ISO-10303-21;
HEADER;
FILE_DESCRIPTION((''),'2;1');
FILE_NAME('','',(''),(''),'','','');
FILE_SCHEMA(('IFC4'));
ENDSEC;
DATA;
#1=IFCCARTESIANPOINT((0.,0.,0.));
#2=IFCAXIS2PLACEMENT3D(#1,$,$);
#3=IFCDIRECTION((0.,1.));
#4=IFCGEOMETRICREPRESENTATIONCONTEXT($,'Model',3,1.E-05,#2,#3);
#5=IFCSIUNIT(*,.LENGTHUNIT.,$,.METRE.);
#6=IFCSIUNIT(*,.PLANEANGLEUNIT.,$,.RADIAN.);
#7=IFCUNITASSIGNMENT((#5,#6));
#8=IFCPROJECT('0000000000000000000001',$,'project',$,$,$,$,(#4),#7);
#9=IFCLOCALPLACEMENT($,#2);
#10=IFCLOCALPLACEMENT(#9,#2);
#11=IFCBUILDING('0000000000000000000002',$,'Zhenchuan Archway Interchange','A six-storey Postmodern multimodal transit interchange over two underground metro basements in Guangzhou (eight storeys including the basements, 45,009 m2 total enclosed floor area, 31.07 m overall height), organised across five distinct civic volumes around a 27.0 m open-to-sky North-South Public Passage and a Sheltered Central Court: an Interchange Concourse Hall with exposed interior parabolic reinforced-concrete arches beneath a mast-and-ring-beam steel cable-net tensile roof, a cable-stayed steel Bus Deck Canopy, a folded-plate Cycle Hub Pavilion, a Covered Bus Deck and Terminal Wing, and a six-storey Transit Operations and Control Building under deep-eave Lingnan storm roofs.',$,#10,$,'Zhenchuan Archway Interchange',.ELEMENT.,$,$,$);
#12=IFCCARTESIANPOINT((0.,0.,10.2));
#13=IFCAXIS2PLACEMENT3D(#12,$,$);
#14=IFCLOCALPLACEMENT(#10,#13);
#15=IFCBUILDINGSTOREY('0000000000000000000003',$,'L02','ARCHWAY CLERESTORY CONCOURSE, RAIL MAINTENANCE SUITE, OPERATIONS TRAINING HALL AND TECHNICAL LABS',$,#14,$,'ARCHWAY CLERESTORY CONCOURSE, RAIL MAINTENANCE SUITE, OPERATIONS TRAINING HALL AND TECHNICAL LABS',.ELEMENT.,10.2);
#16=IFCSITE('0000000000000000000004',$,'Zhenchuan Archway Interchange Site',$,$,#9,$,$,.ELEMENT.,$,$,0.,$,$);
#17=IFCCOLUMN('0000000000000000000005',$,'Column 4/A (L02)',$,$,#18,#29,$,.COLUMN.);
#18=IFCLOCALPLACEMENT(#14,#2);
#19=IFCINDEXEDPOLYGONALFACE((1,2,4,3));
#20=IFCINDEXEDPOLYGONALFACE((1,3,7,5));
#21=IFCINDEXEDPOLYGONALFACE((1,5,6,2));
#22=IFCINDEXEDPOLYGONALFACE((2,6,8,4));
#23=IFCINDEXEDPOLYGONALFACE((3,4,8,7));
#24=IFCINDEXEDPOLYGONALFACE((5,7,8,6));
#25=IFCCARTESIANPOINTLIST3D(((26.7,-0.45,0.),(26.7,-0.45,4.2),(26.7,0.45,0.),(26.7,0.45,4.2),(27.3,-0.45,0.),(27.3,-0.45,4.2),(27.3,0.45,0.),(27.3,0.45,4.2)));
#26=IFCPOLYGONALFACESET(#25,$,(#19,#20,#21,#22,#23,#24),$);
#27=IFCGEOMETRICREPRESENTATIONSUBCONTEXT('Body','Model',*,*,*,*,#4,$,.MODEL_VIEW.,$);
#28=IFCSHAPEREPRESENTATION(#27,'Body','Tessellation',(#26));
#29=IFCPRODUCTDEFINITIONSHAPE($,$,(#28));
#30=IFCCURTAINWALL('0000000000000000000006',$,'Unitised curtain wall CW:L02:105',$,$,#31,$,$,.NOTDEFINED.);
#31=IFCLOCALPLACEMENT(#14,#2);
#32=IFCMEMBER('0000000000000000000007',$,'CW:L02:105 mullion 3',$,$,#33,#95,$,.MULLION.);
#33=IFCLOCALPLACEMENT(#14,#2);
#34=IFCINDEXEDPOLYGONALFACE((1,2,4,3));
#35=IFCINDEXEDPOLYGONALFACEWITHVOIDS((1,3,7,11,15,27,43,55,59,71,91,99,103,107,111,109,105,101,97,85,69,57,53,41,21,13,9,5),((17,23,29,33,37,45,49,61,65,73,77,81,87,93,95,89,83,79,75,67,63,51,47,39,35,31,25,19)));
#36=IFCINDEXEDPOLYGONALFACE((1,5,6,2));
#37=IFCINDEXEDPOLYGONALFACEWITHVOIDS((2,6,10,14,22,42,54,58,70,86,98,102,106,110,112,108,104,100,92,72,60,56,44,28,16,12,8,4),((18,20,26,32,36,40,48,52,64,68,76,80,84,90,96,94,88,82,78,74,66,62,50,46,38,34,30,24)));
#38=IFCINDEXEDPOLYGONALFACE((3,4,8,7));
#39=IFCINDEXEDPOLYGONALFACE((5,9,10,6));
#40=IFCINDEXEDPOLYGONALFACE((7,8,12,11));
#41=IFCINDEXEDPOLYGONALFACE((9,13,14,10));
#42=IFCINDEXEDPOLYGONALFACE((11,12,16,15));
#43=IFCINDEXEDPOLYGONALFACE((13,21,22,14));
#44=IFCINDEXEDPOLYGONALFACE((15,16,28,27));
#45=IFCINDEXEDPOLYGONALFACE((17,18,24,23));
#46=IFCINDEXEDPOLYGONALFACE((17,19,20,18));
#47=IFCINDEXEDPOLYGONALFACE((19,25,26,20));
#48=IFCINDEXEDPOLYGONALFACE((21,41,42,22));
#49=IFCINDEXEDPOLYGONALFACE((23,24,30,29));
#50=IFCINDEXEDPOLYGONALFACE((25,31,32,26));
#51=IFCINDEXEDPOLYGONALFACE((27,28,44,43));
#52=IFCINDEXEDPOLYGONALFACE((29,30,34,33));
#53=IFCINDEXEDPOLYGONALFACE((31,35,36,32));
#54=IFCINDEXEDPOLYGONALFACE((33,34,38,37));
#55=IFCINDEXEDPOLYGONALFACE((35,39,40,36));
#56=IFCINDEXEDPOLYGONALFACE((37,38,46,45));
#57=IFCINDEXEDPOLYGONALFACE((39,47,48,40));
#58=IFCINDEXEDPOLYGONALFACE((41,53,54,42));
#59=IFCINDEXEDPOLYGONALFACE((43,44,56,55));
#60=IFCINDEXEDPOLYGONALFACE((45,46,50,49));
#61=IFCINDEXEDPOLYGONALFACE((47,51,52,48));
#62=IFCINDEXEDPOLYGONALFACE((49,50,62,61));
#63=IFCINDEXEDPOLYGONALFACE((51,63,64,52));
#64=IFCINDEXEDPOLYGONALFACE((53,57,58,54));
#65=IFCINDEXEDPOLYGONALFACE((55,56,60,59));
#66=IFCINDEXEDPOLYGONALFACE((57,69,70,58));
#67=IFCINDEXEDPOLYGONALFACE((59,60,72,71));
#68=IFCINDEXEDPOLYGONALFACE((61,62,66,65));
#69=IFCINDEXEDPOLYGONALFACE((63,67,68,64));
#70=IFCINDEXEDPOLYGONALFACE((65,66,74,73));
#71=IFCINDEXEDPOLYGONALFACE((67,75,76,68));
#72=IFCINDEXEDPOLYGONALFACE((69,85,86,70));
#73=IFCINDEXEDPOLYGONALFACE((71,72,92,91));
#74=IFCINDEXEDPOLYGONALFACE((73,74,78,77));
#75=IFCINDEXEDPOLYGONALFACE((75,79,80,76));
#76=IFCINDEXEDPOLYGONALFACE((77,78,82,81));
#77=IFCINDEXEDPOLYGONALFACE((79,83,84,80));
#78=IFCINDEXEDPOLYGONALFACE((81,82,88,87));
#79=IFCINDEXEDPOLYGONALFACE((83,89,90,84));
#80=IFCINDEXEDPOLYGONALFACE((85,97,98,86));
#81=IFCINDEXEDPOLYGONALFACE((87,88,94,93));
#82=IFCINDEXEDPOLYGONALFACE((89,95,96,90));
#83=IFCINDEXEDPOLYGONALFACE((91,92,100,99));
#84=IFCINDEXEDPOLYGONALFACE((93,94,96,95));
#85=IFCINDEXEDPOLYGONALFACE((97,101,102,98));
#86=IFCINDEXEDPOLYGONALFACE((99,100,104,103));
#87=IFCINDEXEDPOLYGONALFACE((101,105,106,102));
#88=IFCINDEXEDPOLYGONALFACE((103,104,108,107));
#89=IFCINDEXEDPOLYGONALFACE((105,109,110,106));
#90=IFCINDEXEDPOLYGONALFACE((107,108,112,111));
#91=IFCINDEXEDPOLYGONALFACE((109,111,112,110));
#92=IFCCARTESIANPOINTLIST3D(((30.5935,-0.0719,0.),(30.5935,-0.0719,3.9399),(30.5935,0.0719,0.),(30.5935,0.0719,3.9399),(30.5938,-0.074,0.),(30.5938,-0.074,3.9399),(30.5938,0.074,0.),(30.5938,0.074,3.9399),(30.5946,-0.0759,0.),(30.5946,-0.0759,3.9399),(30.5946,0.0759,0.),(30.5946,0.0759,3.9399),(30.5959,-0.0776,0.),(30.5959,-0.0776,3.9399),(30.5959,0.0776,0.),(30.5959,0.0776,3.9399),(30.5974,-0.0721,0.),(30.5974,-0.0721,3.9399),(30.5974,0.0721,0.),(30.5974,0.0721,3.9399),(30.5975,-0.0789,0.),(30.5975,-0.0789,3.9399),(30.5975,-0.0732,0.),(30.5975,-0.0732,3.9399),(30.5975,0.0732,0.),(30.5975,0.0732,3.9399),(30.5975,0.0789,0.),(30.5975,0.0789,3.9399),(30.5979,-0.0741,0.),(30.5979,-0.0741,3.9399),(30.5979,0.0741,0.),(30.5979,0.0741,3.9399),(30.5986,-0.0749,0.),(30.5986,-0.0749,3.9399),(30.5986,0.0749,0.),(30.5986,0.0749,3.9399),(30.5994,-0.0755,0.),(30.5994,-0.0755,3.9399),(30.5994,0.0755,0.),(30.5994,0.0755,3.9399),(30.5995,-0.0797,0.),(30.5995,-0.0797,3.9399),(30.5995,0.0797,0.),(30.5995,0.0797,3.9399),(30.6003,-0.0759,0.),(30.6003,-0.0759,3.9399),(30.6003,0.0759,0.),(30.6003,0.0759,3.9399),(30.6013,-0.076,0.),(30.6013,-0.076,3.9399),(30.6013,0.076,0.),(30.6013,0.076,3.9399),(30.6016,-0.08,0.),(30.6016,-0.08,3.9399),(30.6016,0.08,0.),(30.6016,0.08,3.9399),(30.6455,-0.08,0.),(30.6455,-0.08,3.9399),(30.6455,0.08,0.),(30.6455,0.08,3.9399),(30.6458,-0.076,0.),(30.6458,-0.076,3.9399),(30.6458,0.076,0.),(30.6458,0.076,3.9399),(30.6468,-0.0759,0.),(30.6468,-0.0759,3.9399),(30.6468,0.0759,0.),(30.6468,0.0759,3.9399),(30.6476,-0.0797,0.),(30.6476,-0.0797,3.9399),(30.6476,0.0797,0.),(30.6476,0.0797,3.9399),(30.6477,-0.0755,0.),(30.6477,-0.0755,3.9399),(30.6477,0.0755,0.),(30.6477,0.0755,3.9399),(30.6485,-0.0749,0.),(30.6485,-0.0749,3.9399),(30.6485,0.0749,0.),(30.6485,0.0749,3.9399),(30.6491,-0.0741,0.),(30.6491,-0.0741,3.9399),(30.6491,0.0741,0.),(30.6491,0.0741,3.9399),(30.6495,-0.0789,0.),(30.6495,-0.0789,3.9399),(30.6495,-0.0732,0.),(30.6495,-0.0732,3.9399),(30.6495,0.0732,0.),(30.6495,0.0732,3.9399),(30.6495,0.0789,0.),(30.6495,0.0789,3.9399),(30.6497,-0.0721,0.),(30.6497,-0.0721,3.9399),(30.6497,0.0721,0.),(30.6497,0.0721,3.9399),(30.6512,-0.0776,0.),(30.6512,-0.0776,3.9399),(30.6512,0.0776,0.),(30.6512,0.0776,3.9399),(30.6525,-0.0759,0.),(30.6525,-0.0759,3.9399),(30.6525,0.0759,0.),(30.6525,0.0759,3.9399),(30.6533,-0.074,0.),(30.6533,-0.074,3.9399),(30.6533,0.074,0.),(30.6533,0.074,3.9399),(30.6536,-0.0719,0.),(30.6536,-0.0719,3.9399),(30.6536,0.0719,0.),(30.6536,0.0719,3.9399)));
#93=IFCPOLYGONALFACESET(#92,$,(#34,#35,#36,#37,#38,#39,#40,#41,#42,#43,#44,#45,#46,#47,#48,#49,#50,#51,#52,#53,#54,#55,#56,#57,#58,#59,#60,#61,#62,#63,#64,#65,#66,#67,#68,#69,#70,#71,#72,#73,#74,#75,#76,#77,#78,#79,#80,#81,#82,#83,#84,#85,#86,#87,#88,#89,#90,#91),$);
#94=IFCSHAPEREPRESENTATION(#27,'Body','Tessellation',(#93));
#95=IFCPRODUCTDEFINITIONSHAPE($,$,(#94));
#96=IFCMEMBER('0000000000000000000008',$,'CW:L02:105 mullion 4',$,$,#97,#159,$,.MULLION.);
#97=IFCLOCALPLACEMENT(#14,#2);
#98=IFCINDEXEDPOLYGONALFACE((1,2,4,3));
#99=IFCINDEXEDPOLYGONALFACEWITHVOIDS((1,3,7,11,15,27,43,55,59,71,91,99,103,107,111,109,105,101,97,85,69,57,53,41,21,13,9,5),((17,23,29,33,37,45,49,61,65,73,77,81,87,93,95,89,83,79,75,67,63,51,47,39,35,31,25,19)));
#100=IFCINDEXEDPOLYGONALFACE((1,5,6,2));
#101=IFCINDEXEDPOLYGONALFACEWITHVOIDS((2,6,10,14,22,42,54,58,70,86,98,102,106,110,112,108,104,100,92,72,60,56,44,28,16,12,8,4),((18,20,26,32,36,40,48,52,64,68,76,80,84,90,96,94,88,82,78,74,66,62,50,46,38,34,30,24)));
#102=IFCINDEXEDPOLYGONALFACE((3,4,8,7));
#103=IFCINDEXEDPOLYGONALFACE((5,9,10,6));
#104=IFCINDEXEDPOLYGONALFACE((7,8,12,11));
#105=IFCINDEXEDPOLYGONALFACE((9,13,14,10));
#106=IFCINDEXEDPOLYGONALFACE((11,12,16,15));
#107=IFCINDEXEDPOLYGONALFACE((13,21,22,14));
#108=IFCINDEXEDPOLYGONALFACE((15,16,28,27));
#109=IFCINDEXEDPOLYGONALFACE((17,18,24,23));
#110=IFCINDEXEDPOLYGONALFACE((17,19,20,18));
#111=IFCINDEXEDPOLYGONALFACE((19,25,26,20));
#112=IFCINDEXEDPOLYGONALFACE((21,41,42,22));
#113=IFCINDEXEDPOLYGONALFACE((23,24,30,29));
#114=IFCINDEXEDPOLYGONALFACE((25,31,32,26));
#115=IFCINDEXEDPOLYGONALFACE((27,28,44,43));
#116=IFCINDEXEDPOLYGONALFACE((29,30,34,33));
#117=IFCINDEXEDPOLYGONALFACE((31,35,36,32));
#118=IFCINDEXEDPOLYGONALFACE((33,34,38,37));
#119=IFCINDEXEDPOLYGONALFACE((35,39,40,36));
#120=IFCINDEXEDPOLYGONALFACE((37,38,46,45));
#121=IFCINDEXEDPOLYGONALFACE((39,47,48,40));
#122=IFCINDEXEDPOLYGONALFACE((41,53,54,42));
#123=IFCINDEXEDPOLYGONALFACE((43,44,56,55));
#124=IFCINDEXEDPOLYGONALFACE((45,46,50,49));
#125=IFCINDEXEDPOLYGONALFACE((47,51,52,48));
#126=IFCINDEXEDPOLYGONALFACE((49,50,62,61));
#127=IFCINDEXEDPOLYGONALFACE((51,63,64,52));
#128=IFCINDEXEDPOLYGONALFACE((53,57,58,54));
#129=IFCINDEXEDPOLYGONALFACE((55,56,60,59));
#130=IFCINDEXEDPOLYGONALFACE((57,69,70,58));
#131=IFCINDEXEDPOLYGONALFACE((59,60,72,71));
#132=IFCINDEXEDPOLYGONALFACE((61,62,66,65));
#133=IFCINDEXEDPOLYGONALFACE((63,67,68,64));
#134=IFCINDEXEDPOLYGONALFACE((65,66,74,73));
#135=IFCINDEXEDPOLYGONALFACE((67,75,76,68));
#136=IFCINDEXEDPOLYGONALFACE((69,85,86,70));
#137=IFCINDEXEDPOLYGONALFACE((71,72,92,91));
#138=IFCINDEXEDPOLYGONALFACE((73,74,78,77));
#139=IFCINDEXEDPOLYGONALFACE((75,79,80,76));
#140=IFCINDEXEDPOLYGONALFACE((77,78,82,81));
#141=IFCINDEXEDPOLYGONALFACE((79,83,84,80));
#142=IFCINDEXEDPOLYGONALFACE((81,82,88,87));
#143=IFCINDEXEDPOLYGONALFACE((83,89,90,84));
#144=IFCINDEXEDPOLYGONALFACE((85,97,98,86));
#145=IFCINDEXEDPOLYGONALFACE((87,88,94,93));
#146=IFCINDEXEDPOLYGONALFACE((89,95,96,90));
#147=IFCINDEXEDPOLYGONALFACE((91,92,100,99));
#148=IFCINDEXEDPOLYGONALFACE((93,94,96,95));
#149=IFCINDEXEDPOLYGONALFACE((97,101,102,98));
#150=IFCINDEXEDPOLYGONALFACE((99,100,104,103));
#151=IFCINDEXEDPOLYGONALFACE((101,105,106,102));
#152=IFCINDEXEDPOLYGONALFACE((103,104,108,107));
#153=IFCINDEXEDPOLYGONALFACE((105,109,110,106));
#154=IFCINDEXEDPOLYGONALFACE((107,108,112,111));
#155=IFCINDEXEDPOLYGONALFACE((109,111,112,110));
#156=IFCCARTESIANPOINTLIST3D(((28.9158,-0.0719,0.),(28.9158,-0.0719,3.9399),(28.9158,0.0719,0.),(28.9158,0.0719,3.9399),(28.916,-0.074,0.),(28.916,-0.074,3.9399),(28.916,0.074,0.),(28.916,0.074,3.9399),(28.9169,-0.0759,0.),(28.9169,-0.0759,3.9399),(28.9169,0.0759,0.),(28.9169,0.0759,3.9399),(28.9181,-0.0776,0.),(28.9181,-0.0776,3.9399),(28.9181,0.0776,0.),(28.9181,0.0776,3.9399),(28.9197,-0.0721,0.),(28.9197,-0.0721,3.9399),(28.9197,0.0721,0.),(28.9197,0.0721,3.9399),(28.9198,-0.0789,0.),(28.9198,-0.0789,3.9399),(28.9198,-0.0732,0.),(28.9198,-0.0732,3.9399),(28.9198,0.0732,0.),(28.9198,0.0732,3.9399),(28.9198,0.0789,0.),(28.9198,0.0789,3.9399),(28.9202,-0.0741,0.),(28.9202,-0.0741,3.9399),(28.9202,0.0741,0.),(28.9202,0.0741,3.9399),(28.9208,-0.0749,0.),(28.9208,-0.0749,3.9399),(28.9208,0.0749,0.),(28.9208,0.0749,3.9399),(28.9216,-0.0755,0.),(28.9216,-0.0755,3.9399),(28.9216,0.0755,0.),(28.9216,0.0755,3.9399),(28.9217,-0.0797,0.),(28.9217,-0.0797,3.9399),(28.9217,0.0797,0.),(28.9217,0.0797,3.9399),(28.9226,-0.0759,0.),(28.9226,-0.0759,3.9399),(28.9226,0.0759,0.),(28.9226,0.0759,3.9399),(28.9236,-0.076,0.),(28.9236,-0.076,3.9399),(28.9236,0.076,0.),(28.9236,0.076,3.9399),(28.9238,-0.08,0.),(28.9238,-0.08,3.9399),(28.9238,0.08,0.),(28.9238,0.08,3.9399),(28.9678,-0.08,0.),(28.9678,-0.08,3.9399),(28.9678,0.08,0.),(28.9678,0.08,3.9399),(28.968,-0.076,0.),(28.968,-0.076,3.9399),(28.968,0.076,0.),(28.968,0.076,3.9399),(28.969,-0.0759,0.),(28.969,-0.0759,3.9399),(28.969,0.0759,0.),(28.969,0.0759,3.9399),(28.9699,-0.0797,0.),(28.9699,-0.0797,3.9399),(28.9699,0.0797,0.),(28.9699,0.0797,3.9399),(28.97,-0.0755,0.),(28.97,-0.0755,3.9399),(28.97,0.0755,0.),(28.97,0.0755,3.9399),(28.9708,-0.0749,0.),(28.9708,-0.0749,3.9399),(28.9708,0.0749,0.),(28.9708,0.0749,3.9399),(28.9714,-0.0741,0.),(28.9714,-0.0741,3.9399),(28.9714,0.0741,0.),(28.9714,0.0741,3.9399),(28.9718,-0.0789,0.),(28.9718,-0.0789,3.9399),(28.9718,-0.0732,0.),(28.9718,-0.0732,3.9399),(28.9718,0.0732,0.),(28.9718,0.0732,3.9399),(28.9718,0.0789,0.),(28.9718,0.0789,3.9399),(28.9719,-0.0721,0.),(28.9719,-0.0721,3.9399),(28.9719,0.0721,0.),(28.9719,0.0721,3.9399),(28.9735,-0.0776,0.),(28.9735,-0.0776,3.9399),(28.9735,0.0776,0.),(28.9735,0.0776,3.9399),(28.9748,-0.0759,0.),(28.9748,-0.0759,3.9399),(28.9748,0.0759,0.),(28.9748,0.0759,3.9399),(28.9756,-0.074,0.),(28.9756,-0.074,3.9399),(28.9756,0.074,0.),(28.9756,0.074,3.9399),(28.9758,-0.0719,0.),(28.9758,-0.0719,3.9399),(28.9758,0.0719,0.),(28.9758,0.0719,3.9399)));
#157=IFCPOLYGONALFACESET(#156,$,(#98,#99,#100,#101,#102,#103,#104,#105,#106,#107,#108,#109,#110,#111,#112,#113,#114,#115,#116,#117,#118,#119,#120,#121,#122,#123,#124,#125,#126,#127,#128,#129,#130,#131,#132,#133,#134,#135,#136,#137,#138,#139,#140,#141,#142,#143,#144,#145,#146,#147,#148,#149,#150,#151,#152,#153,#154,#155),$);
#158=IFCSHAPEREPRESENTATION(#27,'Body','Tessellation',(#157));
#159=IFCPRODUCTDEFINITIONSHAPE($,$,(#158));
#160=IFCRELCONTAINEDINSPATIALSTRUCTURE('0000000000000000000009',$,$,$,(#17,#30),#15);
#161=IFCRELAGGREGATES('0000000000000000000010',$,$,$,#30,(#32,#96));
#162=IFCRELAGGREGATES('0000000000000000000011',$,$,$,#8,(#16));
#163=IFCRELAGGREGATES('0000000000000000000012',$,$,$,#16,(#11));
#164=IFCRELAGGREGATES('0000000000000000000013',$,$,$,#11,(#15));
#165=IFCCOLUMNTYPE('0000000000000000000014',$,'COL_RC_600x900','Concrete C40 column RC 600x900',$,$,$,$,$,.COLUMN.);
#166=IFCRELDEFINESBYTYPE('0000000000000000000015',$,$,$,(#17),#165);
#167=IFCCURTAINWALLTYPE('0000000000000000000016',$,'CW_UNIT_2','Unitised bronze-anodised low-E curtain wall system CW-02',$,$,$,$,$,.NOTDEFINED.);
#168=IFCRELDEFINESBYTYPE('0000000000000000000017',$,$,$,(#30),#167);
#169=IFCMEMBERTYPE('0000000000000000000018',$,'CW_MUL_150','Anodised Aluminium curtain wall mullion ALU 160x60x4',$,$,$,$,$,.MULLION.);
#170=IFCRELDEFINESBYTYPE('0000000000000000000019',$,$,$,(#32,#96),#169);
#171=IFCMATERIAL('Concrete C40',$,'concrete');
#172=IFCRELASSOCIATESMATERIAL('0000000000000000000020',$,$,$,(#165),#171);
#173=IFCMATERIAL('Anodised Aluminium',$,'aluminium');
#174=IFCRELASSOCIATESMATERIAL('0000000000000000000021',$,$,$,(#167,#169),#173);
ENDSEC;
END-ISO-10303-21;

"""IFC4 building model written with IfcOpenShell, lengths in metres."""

from ifc_helpers import new_model, si_unit, direction, frame, origin, origin_2d, place, context, subcontext, project, spatial, rectangle, hollow_rectangle, extrude, material, material_profile, profile_set, type_object, element, aggregate, save


model = new_model("IFC4")

# Units and contexts
model_context = context("Model", 3, precision=1e-05, world=origin(), true_north=direction((0.0, 1.0)))
body_context = subcontext(model_context, "Body", "Model", "MODEL_VIEW")
ifc_project = project(units=[si_unit("LENGTHUNIT", "METRE"), si_unit("PLANEANGLEUNIT", "RADIAN")], contexts=[model_context])

# Site, building, storey
site_placement = place(None, origin())
site = spatial("IfcSite", under=ifc_project, at=site_placement, Name="Zhenchuan Archway Interchange Site", CompositionType="ELEMENT", RefElevation=0.0)
building_placement = place(site_placement, origin())
building = spatial("IfcBuilding", under=site, at=building_placement, Name="Zhenchuan Archway Interchange", Description="A six-storey Postmodern multimodal transit interchange over two underground metro basements in Guangzhou (eight storeys including the basements, 45,009 m2 total enclosed floor area, 31.07 m overall height), organised across five distinct civic volumes around a 27.0 m open-to-sky North-South Public Passage and a Sheltered Central Court: an Interchange Concourse Hall with exposed interior parabolic reinforced-concrete arches beneath a mast-and-ring-beam steel cable-net tensile roof, a cable-stayed steel Bus Deck Canopy, a folded-plate Cycle Hub Pavilion, a Covered Bus Deck and Terminal Wing, and a six-storey Transit Operations and Control Building under deep-eave Lingnan storm roofs.", LongName="Zhenchuan Archway Interchange", CompositionType="ELEMENT")
storey_placement = place(building_placement, frame((0.0, 0.0, 10.2)))
storey = spatial("IfcBuildingStorey", under=building, at=storey_placement, Name="L02", Description="ARCHWAY CLERESTORY CONCOURSE, RAIL MAINTENANCE SUITE, OPERATIONS TRAINING HALL AND TECHNICAL LABS", LongName="ARCHWAY CLERESTORY CONCOURSE, RAIL MAINTENANCE SUITE, OPERATIONS TRAINING HALL AND TECHNICAL LABS", CompositionType="ELEMENT", Elevation=10.2)

# Column
ifc_material_1 = material(Name="Concrete C40", Category="concrete")
ifc_material_profile_1 = material_profile(ifc_material_1, rectangle(XDim=0.6001, YDim=0.8999, at=origin_2d()), Name="RC 600x900")
ifc_profile_set_1 = profile_set([ifc_material_profile_1], Name="Concrete C40")
column_type = type_object("IfcColumnType", Name="COL_RC_600x900", Description="Concrete C40 column RC 600x900", PredefinedType="COLUMN", material=ifc_profile_set_1)
column_placement = place(storey_placement, frame((27.0, 0.0, 0.0), z_axis=(0.0, 0.0, 1.0), x_axis=(1.0, 0.0, 0.0)))
element("IfcColumn", 1, at=column_placement, inside=storey, type_object=column_type, Name="Column 4/A (L02)", PredefinedType="COLUMN", context=body_context, shape_type="SweptSolid", body=[
    extrude(rectangle(XDim=0.6001, YDim=0.8999, at=origin_2d()), origin(), (0.0, 0.0, 1.0), 4.2),
])

# Curtain wall, members
ifc_material_2 = material(Name="Anodised Aluminium", Category="aluminium")
curtain_wall_type_1 = type_object("IfcCurtainWallType", Name="CW_UNIT_2", Description="Unitised bronze-anodised low-E curtain wall system CW-02", PredefinedType="NOTDEFINED", material=ifc_material_2)
curtain_wall_1_placement = place(storey_placement, origin())
curtain_wall_1 = element("IfcCurtainWall", 2, at=curtain_wall_1_placement, inside=storey, type_object=curtain_wall_type_1, Name="Unitised curtain wall CW:L02:105", PredefinedType="NOTDEFINED")
ifc_material_profile_2 = material_profile(ifc_material_2, hollow_rectangle(XDim=0.0601, YDim=0.1599, WallThickness=0.0039, InnerFilletRadius=0.0039, OuterFilletRadius=0.0081, at=origin_2d()), Name="ALU 160x60x4")
ifc_profile_set_2 = profile_set([ifc_material_profile_2], Name="Anodised Aluminium")
member_type_1 = type_object("IfcMemberType", Name="CW_MUL_150", Description="Anodised Aluminium curtain wall mullion ALU 160x60x4", PredefinedType="MULLION", material=ifc_profile_set_2)
member_1_placement = place(storey_placement, frame((30.6235, 0.0, 0.0), z_axis=(0.0, 0.0, 1.0), x_axis=(1.0, 0.0, 0.0)))
member_1 = element("IfcMember", 3, at=member_1_placement, type_object=member_type_1, Name="CW:L02:105 mullion 3", PredefinedType="MULLION", context=body_context, shape_type="SweptSolid", body=[
    extrude(hollow_rectangle(XDim=0.0601, YDim=0.1599, WallThickness=0.0039, InnerFilletRadius=0.0039, OuterFilletRadius=0.0081, at=origin_2d()), origin(), (0.0, 0.0, 1.0), 3.9399),
])
member_2_placement = place(storey_placement, frame((28.9458, 0.0, 0.0), z_axis=(0.0, 0.0, 1.0), x_axis=(1.0, 0.0, 0.0)))
member_2 = element("IfcMember", 4, at=member_2_placement, type_object=member_type_1, Name="CW:L02:105 mullion 4", PredefinedType="MULLION", context=body_context, shape_type="SweptSolid", body=[
    extrude(hollow_rectangle(XDim=0.0601, YDim=0.1599, WallThickness=0.0039, InnerFilletRadius=0.0039, OuterFilletRadius=0.0081, at=origin_2d()), origin(), (0.0, 0.0, 1.0), 3.9399),
])

aggregate(curtain_wall_1, [member_1, member_2])

save(model, "model.ifc")
